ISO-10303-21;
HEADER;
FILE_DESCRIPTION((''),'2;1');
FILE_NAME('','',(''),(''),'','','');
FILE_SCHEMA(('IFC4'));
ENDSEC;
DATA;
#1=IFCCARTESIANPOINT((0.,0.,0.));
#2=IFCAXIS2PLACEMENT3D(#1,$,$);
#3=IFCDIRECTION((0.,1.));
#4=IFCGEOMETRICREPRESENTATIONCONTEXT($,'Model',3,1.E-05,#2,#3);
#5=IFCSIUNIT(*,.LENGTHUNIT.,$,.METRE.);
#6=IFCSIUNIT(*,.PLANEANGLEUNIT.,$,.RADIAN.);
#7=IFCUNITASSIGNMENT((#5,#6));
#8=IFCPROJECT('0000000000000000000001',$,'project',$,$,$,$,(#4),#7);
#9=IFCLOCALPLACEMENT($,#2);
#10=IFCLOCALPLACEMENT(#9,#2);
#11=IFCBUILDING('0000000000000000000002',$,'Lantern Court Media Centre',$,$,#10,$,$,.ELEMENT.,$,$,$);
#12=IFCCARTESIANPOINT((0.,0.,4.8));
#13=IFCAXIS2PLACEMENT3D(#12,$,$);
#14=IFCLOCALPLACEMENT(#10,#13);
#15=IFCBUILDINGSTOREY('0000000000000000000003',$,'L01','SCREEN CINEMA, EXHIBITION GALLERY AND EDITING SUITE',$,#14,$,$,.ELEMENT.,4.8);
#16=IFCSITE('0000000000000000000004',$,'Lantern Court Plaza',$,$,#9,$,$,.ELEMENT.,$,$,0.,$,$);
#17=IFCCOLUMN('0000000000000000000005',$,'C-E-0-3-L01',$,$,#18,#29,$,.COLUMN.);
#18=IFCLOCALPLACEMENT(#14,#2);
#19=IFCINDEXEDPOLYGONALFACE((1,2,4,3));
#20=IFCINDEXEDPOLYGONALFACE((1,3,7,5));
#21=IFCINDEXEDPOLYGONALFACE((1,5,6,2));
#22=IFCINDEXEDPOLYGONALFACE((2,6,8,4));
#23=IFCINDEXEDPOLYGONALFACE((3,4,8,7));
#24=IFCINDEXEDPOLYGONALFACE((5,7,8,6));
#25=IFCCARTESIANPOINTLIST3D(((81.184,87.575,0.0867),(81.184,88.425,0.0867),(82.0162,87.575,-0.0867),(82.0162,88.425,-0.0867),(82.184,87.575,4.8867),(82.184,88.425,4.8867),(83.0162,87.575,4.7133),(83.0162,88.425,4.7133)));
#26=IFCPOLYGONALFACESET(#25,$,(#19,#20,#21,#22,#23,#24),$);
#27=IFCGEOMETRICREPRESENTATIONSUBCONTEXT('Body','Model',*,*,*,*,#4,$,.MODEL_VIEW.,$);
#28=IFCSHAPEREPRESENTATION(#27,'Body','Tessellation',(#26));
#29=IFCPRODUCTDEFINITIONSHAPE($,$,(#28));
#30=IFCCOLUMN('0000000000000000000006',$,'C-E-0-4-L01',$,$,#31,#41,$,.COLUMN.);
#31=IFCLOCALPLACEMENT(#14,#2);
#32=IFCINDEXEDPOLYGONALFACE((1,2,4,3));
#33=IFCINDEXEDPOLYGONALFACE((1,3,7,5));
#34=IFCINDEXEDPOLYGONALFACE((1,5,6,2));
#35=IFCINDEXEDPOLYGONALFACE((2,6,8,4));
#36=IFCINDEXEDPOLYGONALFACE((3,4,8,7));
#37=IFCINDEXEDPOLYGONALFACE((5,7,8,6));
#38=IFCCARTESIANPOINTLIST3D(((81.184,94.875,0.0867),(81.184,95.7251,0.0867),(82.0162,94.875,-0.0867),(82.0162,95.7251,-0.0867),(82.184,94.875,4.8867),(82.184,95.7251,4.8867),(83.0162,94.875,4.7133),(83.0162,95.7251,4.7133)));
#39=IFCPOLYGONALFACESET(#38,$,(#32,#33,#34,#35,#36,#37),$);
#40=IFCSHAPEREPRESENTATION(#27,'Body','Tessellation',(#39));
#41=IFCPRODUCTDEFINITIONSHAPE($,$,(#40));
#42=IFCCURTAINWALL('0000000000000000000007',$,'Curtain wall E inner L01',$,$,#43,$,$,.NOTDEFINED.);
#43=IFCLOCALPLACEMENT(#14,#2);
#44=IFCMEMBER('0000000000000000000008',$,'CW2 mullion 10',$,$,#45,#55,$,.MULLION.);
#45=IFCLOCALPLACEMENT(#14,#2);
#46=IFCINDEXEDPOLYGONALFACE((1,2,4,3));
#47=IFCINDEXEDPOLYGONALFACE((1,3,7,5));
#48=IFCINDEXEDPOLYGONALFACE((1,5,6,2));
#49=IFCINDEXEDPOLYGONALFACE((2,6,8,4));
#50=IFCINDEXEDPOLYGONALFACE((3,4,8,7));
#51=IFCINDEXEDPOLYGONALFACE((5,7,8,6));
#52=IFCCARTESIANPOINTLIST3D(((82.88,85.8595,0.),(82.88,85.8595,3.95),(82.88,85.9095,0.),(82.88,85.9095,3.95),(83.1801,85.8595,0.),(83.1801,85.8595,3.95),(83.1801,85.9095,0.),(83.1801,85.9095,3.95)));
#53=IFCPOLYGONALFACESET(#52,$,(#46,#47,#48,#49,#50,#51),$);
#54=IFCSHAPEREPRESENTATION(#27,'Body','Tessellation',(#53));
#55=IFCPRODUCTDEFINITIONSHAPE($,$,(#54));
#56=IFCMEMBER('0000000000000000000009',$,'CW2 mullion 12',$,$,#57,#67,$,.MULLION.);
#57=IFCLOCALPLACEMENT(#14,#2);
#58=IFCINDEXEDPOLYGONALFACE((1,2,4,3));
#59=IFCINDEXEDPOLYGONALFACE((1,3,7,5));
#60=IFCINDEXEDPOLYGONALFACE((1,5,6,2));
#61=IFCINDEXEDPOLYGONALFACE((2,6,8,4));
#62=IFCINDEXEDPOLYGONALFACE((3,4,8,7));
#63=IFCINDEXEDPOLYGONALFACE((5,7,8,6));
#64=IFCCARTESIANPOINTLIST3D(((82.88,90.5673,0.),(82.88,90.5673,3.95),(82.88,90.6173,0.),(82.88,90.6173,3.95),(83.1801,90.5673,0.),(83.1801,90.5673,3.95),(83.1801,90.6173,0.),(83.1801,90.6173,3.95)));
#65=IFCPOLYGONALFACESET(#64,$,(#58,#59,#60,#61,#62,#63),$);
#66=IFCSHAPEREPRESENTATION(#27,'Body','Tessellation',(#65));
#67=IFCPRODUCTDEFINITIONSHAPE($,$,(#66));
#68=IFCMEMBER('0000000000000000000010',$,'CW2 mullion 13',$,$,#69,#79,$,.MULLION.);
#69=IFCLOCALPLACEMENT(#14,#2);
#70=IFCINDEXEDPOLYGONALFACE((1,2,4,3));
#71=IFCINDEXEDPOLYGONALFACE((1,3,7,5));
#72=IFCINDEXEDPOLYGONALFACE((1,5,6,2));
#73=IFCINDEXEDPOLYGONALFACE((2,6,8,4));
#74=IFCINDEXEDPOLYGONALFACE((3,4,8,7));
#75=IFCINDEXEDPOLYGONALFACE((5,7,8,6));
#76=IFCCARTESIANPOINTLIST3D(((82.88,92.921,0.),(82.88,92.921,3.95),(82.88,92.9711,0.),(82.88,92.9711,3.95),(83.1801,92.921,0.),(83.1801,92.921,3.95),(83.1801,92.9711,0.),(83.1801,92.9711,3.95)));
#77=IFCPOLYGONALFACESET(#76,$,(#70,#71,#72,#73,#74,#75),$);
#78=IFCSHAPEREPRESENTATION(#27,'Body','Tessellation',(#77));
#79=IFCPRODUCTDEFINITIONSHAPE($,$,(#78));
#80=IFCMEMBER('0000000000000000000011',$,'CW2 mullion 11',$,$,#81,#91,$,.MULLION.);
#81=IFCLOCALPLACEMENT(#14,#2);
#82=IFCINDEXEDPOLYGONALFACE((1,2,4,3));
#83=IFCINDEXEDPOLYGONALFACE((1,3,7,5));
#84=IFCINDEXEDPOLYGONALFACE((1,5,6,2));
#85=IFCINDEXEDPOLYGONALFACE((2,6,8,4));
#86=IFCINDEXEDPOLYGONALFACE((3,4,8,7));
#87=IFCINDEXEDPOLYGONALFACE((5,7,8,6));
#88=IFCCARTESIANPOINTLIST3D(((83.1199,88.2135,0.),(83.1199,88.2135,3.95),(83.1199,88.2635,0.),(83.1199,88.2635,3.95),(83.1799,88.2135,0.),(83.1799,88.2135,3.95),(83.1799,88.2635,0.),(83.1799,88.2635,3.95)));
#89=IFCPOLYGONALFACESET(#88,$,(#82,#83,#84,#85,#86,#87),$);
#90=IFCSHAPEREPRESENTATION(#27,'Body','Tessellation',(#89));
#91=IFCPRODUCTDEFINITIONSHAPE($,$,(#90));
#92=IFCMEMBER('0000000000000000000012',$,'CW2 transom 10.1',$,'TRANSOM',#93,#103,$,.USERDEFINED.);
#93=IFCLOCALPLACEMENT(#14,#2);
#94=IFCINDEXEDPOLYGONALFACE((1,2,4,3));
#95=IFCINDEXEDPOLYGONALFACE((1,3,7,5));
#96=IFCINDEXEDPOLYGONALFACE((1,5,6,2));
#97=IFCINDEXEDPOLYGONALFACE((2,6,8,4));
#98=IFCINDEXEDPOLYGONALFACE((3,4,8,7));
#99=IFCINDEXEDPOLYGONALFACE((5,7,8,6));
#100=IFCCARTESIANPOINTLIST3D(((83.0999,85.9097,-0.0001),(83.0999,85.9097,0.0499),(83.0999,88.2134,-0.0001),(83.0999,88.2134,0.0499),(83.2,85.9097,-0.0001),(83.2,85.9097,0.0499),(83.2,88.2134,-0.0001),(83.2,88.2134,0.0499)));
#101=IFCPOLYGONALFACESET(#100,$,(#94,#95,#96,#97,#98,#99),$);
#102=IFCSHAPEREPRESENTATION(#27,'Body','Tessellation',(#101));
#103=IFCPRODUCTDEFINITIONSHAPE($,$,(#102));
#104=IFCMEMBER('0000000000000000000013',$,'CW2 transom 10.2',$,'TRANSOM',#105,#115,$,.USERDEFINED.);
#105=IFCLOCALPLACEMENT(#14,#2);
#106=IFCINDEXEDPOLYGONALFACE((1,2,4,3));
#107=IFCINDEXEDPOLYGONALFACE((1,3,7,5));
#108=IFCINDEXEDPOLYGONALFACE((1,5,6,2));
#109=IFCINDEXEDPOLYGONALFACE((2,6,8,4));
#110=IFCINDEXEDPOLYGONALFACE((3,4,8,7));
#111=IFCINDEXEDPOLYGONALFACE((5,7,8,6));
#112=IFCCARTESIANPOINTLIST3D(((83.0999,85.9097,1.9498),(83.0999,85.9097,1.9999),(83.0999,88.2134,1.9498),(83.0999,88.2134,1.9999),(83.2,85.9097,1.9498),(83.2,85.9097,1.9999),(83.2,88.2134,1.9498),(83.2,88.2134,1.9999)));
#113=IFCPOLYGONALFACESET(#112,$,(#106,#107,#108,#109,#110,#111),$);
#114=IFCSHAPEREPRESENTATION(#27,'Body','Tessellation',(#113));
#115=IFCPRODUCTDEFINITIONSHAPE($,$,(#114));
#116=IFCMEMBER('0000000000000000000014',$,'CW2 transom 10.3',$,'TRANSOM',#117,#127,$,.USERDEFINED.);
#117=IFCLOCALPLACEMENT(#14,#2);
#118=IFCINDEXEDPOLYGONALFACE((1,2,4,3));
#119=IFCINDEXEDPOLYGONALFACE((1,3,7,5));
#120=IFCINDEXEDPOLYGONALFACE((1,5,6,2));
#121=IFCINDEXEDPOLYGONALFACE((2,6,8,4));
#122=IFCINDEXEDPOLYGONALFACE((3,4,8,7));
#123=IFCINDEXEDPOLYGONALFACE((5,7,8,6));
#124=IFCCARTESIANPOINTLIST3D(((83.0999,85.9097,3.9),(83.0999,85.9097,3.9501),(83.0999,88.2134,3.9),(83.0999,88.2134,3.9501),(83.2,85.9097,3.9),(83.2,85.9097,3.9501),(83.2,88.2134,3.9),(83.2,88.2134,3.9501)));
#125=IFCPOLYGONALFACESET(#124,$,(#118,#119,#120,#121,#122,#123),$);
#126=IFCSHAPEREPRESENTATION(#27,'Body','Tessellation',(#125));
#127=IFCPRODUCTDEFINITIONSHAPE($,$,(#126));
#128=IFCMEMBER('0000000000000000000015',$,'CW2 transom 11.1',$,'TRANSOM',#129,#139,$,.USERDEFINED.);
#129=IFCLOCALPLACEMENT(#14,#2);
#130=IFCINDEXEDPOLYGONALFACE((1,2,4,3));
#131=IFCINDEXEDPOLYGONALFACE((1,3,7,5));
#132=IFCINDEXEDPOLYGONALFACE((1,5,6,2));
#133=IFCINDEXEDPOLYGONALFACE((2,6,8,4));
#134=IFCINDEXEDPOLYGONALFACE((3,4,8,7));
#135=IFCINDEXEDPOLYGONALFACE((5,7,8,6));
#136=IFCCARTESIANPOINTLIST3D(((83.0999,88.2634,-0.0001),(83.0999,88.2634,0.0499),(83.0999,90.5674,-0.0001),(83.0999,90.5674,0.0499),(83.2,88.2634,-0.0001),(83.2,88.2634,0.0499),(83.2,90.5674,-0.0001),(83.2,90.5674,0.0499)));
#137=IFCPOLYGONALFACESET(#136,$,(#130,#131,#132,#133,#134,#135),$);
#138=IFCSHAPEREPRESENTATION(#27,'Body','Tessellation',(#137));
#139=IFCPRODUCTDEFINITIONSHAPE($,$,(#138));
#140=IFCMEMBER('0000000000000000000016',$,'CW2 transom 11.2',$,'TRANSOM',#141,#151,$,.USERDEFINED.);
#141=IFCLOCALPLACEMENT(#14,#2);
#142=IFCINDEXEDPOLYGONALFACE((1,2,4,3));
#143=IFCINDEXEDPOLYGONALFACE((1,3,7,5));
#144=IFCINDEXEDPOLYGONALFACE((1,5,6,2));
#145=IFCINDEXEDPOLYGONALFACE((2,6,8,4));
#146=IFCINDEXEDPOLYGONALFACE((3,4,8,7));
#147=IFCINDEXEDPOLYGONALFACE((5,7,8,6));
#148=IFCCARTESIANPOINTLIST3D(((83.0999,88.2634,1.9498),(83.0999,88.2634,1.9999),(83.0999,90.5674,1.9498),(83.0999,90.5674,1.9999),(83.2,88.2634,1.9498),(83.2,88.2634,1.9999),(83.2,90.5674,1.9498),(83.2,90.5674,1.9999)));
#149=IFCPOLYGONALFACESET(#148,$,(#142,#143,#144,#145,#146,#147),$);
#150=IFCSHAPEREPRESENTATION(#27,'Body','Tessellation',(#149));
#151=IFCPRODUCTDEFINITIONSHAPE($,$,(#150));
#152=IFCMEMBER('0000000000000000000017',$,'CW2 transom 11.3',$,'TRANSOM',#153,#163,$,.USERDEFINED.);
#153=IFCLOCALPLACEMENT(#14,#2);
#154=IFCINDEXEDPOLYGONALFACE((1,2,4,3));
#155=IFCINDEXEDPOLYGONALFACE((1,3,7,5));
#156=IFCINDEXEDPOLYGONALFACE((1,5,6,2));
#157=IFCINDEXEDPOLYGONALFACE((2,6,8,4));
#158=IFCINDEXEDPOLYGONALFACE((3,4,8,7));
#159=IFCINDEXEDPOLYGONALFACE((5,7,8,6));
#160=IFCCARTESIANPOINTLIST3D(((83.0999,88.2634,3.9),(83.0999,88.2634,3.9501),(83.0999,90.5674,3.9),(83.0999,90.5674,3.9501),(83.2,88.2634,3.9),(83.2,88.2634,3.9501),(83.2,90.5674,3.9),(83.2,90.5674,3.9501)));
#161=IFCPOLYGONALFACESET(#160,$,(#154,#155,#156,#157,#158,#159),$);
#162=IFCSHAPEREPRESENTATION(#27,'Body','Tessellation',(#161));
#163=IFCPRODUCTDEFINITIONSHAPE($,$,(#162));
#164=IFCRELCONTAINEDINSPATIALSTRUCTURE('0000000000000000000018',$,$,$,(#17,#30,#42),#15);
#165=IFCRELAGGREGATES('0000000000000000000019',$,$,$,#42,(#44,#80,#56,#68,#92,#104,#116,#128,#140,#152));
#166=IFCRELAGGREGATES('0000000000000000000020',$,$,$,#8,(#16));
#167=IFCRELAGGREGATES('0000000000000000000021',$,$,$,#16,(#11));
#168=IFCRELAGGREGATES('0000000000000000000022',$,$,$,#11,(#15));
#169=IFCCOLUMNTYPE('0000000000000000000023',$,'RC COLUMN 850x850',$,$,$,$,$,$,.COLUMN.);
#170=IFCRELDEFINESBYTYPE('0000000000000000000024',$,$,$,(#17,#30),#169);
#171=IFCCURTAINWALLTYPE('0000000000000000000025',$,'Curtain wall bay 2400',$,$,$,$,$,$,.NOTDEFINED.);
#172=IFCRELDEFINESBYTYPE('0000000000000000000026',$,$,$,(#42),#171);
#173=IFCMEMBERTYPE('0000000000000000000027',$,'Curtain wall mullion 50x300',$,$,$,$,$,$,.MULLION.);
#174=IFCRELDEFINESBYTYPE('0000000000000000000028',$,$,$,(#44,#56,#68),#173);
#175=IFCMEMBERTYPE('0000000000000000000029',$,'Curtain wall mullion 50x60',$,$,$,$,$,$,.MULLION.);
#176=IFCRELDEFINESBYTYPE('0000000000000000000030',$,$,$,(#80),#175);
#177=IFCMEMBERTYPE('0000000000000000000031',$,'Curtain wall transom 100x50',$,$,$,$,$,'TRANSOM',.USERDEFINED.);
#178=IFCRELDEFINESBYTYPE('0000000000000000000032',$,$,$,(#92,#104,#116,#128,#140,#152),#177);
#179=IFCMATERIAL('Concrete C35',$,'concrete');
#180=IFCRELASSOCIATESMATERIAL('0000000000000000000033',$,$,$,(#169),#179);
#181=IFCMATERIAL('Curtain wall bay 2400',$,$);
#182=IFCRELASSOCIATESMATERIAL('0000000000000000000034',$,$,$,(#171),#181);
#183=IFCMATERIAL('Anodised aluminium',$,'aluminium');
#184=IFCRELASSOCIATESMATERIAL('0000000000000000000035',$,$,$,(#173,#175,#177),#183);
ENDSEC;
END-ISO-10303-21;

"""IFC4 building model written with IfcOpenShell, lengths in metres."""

from ifc_helpers import new_model, si_unit, direction, frame, origin, origin_2d, place, context, subcontext, project, spatial, rectangle, extrude, material, material_profile, profile_set, type_object, element, aggregate, save


model = new_model("IFC4")

# Units and contexts
model_context = context("Model", 3, precision=1e-05, world=origin(), true_north=direction((0.0, 1.0)))
body_context = subcontext(model_context, "Body", "Model", "MODEL_VIEW")
ifc_project = project(units=[si_unit("LENGTHUNIT", "METRE"), si_unit("PLANEANGLEUNIT", "RADIAN")], contexts=[model_context])

# Site, building, storey
site_placement = place(None, origin())
site = spatial("IfcSite", under=ifc_project, at=site_placement, Name="Lantern Court Plaza", CompositionType="ELEMENT", RefElevation=0.0)
building_placement = place(site_placement, origin())
building = spatial("IfcBuilding", under=site, at=building_placement, Name="Lantern Court Media Centre", CompositionType="ELEMENT")
storey_placement = place(building_placement, frame((0.0, 0.0, 4.8)))
storey = spatial("IfcBuildingStorey", under=building, at=storey_placement, Name="L01", Description="SCREEN CINEMA, EXHIBITION GALLERY AND EDITING SUITE", CompositionType="ELEMENT", Elevation=4.8)

# Columns
ifc_material_1 = material(Name="Concrete C35", Category="concrete")
ifc_material_profile_1 = material_profile(ifc_material_1, rectangle(XDim=0.8501, YDim=0.8501, at=origin_2d()), Name="RC 850x850")
ifc_profile_set_1 = profile_set([ifc_material_profile_1], Name="Concrete C35")
column_type = type_object("IfcColumnType", Name="RC COLUMN 850x850", PredefinedType="COLUMN", material=ifc_profile_set_1)
for number, where, z_axis, x_axis, name in (
    (1, (81.6001, 88.0, 0.0), (0.203952, 0.0, 0.978981), (0.0, 1.0, 0.0), "C-E-0-3-L01"),
    (2, (81.6001, 95.3, 0.0), (0.203952, 0.0, 0.978981), (0.0, 1.0, 0.0), "C-E-0-4-L01"),
):
    element("IfcColumn", number, at=place(storey_placement, frame(where, z_axis=z_axis, x_axis=x_axis)), inside=storey, type_object=column_type, Name=name, PredefinedType="COLUMN", context=body_context, shape_type="SweptSolid", body=[
        extrude(rectangle(XDim=0.8501, YDim=0.8501, at=origin_2d()), origin(), (0.0, 0.0, 1.0), 4.9031),
    ])

# Curtain wall, members
ifc_material_2 = material(Name="Curtain wall bay 2400")
curtain_wall_type = type_object("IfcCurtainWallType", Name="Curtain wall bay 2400", PredefinedType="NOTDEFINED", material=ifc_material_2)
curtain_wall_placement = place(storey_placement, origin())
curtain_wall = element("IfcCurtainWall", 3, at=curtain_wall_placement, inside=storey, type_object=curtain_wall_type, Name="Curtain wall E inner L01", PredefinedType="NOTDEFINED")
ifc_material_3 = material(Name="Anodised aluminium", Category="aluminium")
ifc_material_profile_2 = material_profile(ifc_material_3, rectangle(XDim=0.3, YDim=0.05, at=origin_2d()), Name="AL 50x300")
ifc_profile_set_2 = profile_set([ifc_material_profile_2], Name="Anodised aluminium")
member_type_1 = type_object("IfcMemberType", Name="Curtain wall mullion 50x300", PredefinedType="MULLION", material=ifc_profile_set_2)
member_1_placement = place(storey_placement, frame((83.03, 85.8845, 0.0), z_axis=(0.0, 0.0, 1.0), x_axis=(-1.0, 0.0, 0.0)))
member_1 = element("IfcMember", 4, at=member_1_placement, type_object=member_type_1, Name="CW2 mullion 10", PredefinedType="MULLION", context=body_context, shape_type="SweptSolid", body=[
    extrude(rectangle(XDim=0.3, YDim=0.05, at=origin_2d()), origin(), (0.0, 0.0, 1.0), 3.95),
])
member_2_placement = place(storey_placement, frame((83.03, 90.5923, 0.0), z_axis=(0.0, 0.0, 1.0), x_axis=(-1.0, 0.0, 0.0)))
member_2 = element("IfcMember", 5, at=member_2_placement, type_object=member_type_1, Name="CW2 mullion 12", PredefinedType="MULLION", context=body_context, shape_type="SweptSolid", body=[
    extrude(rectangle(XDim=0.3, YDim=0.05, at=origin_2d()), origin(), (0.0, 0.0, 1.0), 3.95),
])
member_3_placement = place(storey_placement, frame((83.03, 92.946, 0.0), z_axis=(0.0, 0.0, 1.0), x_axis=(-1.0, 0.0, 0.0)))
member_3 = element("IfcMember", 6, at=member_3_placement, type_object=member_type_1, Name="CW2 mullion 13", PredefinedType="MULLION", context=body_context, shape_type="SweptSolid", body=[
    extrude(rectangle(XDim=0.3, YDim=0.05, at=origin_2d()), origin(), (0.0, 0.0, 1.0), 3.95),
])
ifc_material_profile_3 = material_profile(ifc_material_3, rectangle(XDim=0.0601, YDim=0.05, at=origin_2d()), Name="AL 50x60")
ifc_profile_set_3 = profile_set([ifc_material_profile_3], Name="Anodised aluminium")
member_type_2 = type_object("IfcMemberType", Name="Curtain wall mullion 50x60", PredefinedType="MULLION", material=ifc_profile_set_3)
member_4_placement = place(storey_placement, frame((83.1499, 88.2385, 0.0), z_axis=(0.0, 0.0, 1.0), x_axis=(-1.0, 0.0, 0.0)))
member_4 = element("IfcMember", 7, at=member_4_placement, type_object=member_type_2, Name="CW2 mullion 11", PredefinedType="MULLION", context=body_context, shape_type="SweptSolid", body=[
    extrude(rectangle(XDim=0.0601, YDim=0.05, at=origin_2d()), origin(), (0.0, 0.0, 1.0), 3.95),
])
ifc_material_profile_4 = material_profile(ifc_material_3, rectangle(XDim=0.1001, YDim=0.05, at=origin_2d()), Name="AL 50x100")
ifc_profile_set_4 = profile_set([ifc_material_profile_4], Name="Anodised aluminium")
member_type_3 = type_object("IfcMemberType", Name="Curtain wall transom 100x50", ElementType="TRANSOM", PredefinedType="USERDEFINED", material=ifc_profile_set_4)
member_5_placement = place(storey_placement, frame((83.1499, 85.9097, 0.0249), z_axis=(0.0, 1.0, 0.0), x_axis=(-1.0, 0.0, 0.0)))
member_5 = element("IfcMember", 8, at=member_5_placement, type_object=member_type_3, Name="CW2 transom 10.1", ObjectType="TRANSOM", PredefinedType="USERDEFINED", context=body_context, shape_type="SweptSolid", body=[
    extrude(rectangle(XDim=0.1001, YDim=0.05, at=origin_2d()), origin(), (0.0, 0.0, 1.0), 2.3037),
])
member_6_placement = place(storey_placement, frame((83.1499, 85.9097, 1.9749), z_axis=(0.0, 1.0, 0.0), x_axis=(-1.0, 0.0, 0.0)))
member_6 = element("IfcMember", 9, at=member_6_placement, type_object=member_type_3, Name="CW2 transom 10.2", ObjectType="TRANSOM", PredefinedType="USERDEFINED", context=body_context, shape_type="SweptSolid", body=[
    extrude(rectangle(XDim=0.1001, YDim=0.05, at=origin_2d()), origin(), (0.0, 0.0, 1.0), 2.3037),
])
member_7_placement = place(storey_placement, frame((83.1499, 85.9097, 3.925), z_axis=(0.0, 1.0, 0.0), x_axis=(-1.0, 0.0, 0.0)))
member_7 = element("IfcMember", 10, at=member_7_placement, type_object=member_type_3, Name="CW2 transom 10.3", ObjectType="TRANSOM", PredefinedType="USERDEFINED", context=body_context, shape_type="SweptSolid", body=[
    extrude(rectangle(XDim=0.1001, YDim=0.05, at=origin_2d()), origin(), (0.0, 0.0, 1.0), 2.3037),
])
member_8_placement = place(storey_placement, frame((83.1499, 88.2634, 0.0249), z_axis=(0.0, 1.0, 0.0), x_axis=(-1.0, 0.0, 0.0)))
member_8 = element("IfcMember", 11, at=member_8_placement, type_object=member_type_3, Name="CW2 transom 11.1", ObjectType="TRANSOM", PredefinedType="USERDEFINED", context=body_context, shape_type="SweptSolid", body=[
    extrude(rectangle(XDim=0.1001, YDim=0.05, at=origin_2d()), origin(), (0.0, 0.0, 1.0), 2.304),
])
member_9_placement = place(storey_placement, frame((83.1499, 88.2634, 1.9749), z_axis=(0.0, 1.0, 0.0), x_axis=(-1.0, 0.0, 0.0)))
member_9 = element("IfcMember", 12, at=member_9_placement, type_object=member_type_3, Name="CW2 transom 11.2", ObjectType="TRANSOM", PredefinedType="USERDEFINED", context=body_context, shape_type="SweptSolid", body=[
    extrude(rectangle(XDim=0.1001, YDim=0.05, at=origin_2d()), origin(), (0.0, 0.0, 1.0), 2.304),
])
member_10_placement = place(storey_placement, frame((83.1499, 88.2634, 3.925), z_axis=(0.0, 1.0, 0.0), x_axis=(-1.0, 0.0, 0.0)))
member_10 = element("IfcMember", 13, at=member_10_placement, type_object=member_type_3, Name="CW2 transom 11.3", ObjectType="TRANSOM", PredefinedType="USERDEFINED", context=body_context, shape_type="SweptSolid", body=[
    extrude(rectangle(XDim=0.1001, YDim=0.05, at=origin_2d()), origin(), (0.0, 0.0, 1.0), 2.304),
])

aggregate(curtain_wall, [member_1, member_4, member_2, member_3, member_5, member_6, member_7, member_8, member_9, member_10])

save(model, "model.ifc")
